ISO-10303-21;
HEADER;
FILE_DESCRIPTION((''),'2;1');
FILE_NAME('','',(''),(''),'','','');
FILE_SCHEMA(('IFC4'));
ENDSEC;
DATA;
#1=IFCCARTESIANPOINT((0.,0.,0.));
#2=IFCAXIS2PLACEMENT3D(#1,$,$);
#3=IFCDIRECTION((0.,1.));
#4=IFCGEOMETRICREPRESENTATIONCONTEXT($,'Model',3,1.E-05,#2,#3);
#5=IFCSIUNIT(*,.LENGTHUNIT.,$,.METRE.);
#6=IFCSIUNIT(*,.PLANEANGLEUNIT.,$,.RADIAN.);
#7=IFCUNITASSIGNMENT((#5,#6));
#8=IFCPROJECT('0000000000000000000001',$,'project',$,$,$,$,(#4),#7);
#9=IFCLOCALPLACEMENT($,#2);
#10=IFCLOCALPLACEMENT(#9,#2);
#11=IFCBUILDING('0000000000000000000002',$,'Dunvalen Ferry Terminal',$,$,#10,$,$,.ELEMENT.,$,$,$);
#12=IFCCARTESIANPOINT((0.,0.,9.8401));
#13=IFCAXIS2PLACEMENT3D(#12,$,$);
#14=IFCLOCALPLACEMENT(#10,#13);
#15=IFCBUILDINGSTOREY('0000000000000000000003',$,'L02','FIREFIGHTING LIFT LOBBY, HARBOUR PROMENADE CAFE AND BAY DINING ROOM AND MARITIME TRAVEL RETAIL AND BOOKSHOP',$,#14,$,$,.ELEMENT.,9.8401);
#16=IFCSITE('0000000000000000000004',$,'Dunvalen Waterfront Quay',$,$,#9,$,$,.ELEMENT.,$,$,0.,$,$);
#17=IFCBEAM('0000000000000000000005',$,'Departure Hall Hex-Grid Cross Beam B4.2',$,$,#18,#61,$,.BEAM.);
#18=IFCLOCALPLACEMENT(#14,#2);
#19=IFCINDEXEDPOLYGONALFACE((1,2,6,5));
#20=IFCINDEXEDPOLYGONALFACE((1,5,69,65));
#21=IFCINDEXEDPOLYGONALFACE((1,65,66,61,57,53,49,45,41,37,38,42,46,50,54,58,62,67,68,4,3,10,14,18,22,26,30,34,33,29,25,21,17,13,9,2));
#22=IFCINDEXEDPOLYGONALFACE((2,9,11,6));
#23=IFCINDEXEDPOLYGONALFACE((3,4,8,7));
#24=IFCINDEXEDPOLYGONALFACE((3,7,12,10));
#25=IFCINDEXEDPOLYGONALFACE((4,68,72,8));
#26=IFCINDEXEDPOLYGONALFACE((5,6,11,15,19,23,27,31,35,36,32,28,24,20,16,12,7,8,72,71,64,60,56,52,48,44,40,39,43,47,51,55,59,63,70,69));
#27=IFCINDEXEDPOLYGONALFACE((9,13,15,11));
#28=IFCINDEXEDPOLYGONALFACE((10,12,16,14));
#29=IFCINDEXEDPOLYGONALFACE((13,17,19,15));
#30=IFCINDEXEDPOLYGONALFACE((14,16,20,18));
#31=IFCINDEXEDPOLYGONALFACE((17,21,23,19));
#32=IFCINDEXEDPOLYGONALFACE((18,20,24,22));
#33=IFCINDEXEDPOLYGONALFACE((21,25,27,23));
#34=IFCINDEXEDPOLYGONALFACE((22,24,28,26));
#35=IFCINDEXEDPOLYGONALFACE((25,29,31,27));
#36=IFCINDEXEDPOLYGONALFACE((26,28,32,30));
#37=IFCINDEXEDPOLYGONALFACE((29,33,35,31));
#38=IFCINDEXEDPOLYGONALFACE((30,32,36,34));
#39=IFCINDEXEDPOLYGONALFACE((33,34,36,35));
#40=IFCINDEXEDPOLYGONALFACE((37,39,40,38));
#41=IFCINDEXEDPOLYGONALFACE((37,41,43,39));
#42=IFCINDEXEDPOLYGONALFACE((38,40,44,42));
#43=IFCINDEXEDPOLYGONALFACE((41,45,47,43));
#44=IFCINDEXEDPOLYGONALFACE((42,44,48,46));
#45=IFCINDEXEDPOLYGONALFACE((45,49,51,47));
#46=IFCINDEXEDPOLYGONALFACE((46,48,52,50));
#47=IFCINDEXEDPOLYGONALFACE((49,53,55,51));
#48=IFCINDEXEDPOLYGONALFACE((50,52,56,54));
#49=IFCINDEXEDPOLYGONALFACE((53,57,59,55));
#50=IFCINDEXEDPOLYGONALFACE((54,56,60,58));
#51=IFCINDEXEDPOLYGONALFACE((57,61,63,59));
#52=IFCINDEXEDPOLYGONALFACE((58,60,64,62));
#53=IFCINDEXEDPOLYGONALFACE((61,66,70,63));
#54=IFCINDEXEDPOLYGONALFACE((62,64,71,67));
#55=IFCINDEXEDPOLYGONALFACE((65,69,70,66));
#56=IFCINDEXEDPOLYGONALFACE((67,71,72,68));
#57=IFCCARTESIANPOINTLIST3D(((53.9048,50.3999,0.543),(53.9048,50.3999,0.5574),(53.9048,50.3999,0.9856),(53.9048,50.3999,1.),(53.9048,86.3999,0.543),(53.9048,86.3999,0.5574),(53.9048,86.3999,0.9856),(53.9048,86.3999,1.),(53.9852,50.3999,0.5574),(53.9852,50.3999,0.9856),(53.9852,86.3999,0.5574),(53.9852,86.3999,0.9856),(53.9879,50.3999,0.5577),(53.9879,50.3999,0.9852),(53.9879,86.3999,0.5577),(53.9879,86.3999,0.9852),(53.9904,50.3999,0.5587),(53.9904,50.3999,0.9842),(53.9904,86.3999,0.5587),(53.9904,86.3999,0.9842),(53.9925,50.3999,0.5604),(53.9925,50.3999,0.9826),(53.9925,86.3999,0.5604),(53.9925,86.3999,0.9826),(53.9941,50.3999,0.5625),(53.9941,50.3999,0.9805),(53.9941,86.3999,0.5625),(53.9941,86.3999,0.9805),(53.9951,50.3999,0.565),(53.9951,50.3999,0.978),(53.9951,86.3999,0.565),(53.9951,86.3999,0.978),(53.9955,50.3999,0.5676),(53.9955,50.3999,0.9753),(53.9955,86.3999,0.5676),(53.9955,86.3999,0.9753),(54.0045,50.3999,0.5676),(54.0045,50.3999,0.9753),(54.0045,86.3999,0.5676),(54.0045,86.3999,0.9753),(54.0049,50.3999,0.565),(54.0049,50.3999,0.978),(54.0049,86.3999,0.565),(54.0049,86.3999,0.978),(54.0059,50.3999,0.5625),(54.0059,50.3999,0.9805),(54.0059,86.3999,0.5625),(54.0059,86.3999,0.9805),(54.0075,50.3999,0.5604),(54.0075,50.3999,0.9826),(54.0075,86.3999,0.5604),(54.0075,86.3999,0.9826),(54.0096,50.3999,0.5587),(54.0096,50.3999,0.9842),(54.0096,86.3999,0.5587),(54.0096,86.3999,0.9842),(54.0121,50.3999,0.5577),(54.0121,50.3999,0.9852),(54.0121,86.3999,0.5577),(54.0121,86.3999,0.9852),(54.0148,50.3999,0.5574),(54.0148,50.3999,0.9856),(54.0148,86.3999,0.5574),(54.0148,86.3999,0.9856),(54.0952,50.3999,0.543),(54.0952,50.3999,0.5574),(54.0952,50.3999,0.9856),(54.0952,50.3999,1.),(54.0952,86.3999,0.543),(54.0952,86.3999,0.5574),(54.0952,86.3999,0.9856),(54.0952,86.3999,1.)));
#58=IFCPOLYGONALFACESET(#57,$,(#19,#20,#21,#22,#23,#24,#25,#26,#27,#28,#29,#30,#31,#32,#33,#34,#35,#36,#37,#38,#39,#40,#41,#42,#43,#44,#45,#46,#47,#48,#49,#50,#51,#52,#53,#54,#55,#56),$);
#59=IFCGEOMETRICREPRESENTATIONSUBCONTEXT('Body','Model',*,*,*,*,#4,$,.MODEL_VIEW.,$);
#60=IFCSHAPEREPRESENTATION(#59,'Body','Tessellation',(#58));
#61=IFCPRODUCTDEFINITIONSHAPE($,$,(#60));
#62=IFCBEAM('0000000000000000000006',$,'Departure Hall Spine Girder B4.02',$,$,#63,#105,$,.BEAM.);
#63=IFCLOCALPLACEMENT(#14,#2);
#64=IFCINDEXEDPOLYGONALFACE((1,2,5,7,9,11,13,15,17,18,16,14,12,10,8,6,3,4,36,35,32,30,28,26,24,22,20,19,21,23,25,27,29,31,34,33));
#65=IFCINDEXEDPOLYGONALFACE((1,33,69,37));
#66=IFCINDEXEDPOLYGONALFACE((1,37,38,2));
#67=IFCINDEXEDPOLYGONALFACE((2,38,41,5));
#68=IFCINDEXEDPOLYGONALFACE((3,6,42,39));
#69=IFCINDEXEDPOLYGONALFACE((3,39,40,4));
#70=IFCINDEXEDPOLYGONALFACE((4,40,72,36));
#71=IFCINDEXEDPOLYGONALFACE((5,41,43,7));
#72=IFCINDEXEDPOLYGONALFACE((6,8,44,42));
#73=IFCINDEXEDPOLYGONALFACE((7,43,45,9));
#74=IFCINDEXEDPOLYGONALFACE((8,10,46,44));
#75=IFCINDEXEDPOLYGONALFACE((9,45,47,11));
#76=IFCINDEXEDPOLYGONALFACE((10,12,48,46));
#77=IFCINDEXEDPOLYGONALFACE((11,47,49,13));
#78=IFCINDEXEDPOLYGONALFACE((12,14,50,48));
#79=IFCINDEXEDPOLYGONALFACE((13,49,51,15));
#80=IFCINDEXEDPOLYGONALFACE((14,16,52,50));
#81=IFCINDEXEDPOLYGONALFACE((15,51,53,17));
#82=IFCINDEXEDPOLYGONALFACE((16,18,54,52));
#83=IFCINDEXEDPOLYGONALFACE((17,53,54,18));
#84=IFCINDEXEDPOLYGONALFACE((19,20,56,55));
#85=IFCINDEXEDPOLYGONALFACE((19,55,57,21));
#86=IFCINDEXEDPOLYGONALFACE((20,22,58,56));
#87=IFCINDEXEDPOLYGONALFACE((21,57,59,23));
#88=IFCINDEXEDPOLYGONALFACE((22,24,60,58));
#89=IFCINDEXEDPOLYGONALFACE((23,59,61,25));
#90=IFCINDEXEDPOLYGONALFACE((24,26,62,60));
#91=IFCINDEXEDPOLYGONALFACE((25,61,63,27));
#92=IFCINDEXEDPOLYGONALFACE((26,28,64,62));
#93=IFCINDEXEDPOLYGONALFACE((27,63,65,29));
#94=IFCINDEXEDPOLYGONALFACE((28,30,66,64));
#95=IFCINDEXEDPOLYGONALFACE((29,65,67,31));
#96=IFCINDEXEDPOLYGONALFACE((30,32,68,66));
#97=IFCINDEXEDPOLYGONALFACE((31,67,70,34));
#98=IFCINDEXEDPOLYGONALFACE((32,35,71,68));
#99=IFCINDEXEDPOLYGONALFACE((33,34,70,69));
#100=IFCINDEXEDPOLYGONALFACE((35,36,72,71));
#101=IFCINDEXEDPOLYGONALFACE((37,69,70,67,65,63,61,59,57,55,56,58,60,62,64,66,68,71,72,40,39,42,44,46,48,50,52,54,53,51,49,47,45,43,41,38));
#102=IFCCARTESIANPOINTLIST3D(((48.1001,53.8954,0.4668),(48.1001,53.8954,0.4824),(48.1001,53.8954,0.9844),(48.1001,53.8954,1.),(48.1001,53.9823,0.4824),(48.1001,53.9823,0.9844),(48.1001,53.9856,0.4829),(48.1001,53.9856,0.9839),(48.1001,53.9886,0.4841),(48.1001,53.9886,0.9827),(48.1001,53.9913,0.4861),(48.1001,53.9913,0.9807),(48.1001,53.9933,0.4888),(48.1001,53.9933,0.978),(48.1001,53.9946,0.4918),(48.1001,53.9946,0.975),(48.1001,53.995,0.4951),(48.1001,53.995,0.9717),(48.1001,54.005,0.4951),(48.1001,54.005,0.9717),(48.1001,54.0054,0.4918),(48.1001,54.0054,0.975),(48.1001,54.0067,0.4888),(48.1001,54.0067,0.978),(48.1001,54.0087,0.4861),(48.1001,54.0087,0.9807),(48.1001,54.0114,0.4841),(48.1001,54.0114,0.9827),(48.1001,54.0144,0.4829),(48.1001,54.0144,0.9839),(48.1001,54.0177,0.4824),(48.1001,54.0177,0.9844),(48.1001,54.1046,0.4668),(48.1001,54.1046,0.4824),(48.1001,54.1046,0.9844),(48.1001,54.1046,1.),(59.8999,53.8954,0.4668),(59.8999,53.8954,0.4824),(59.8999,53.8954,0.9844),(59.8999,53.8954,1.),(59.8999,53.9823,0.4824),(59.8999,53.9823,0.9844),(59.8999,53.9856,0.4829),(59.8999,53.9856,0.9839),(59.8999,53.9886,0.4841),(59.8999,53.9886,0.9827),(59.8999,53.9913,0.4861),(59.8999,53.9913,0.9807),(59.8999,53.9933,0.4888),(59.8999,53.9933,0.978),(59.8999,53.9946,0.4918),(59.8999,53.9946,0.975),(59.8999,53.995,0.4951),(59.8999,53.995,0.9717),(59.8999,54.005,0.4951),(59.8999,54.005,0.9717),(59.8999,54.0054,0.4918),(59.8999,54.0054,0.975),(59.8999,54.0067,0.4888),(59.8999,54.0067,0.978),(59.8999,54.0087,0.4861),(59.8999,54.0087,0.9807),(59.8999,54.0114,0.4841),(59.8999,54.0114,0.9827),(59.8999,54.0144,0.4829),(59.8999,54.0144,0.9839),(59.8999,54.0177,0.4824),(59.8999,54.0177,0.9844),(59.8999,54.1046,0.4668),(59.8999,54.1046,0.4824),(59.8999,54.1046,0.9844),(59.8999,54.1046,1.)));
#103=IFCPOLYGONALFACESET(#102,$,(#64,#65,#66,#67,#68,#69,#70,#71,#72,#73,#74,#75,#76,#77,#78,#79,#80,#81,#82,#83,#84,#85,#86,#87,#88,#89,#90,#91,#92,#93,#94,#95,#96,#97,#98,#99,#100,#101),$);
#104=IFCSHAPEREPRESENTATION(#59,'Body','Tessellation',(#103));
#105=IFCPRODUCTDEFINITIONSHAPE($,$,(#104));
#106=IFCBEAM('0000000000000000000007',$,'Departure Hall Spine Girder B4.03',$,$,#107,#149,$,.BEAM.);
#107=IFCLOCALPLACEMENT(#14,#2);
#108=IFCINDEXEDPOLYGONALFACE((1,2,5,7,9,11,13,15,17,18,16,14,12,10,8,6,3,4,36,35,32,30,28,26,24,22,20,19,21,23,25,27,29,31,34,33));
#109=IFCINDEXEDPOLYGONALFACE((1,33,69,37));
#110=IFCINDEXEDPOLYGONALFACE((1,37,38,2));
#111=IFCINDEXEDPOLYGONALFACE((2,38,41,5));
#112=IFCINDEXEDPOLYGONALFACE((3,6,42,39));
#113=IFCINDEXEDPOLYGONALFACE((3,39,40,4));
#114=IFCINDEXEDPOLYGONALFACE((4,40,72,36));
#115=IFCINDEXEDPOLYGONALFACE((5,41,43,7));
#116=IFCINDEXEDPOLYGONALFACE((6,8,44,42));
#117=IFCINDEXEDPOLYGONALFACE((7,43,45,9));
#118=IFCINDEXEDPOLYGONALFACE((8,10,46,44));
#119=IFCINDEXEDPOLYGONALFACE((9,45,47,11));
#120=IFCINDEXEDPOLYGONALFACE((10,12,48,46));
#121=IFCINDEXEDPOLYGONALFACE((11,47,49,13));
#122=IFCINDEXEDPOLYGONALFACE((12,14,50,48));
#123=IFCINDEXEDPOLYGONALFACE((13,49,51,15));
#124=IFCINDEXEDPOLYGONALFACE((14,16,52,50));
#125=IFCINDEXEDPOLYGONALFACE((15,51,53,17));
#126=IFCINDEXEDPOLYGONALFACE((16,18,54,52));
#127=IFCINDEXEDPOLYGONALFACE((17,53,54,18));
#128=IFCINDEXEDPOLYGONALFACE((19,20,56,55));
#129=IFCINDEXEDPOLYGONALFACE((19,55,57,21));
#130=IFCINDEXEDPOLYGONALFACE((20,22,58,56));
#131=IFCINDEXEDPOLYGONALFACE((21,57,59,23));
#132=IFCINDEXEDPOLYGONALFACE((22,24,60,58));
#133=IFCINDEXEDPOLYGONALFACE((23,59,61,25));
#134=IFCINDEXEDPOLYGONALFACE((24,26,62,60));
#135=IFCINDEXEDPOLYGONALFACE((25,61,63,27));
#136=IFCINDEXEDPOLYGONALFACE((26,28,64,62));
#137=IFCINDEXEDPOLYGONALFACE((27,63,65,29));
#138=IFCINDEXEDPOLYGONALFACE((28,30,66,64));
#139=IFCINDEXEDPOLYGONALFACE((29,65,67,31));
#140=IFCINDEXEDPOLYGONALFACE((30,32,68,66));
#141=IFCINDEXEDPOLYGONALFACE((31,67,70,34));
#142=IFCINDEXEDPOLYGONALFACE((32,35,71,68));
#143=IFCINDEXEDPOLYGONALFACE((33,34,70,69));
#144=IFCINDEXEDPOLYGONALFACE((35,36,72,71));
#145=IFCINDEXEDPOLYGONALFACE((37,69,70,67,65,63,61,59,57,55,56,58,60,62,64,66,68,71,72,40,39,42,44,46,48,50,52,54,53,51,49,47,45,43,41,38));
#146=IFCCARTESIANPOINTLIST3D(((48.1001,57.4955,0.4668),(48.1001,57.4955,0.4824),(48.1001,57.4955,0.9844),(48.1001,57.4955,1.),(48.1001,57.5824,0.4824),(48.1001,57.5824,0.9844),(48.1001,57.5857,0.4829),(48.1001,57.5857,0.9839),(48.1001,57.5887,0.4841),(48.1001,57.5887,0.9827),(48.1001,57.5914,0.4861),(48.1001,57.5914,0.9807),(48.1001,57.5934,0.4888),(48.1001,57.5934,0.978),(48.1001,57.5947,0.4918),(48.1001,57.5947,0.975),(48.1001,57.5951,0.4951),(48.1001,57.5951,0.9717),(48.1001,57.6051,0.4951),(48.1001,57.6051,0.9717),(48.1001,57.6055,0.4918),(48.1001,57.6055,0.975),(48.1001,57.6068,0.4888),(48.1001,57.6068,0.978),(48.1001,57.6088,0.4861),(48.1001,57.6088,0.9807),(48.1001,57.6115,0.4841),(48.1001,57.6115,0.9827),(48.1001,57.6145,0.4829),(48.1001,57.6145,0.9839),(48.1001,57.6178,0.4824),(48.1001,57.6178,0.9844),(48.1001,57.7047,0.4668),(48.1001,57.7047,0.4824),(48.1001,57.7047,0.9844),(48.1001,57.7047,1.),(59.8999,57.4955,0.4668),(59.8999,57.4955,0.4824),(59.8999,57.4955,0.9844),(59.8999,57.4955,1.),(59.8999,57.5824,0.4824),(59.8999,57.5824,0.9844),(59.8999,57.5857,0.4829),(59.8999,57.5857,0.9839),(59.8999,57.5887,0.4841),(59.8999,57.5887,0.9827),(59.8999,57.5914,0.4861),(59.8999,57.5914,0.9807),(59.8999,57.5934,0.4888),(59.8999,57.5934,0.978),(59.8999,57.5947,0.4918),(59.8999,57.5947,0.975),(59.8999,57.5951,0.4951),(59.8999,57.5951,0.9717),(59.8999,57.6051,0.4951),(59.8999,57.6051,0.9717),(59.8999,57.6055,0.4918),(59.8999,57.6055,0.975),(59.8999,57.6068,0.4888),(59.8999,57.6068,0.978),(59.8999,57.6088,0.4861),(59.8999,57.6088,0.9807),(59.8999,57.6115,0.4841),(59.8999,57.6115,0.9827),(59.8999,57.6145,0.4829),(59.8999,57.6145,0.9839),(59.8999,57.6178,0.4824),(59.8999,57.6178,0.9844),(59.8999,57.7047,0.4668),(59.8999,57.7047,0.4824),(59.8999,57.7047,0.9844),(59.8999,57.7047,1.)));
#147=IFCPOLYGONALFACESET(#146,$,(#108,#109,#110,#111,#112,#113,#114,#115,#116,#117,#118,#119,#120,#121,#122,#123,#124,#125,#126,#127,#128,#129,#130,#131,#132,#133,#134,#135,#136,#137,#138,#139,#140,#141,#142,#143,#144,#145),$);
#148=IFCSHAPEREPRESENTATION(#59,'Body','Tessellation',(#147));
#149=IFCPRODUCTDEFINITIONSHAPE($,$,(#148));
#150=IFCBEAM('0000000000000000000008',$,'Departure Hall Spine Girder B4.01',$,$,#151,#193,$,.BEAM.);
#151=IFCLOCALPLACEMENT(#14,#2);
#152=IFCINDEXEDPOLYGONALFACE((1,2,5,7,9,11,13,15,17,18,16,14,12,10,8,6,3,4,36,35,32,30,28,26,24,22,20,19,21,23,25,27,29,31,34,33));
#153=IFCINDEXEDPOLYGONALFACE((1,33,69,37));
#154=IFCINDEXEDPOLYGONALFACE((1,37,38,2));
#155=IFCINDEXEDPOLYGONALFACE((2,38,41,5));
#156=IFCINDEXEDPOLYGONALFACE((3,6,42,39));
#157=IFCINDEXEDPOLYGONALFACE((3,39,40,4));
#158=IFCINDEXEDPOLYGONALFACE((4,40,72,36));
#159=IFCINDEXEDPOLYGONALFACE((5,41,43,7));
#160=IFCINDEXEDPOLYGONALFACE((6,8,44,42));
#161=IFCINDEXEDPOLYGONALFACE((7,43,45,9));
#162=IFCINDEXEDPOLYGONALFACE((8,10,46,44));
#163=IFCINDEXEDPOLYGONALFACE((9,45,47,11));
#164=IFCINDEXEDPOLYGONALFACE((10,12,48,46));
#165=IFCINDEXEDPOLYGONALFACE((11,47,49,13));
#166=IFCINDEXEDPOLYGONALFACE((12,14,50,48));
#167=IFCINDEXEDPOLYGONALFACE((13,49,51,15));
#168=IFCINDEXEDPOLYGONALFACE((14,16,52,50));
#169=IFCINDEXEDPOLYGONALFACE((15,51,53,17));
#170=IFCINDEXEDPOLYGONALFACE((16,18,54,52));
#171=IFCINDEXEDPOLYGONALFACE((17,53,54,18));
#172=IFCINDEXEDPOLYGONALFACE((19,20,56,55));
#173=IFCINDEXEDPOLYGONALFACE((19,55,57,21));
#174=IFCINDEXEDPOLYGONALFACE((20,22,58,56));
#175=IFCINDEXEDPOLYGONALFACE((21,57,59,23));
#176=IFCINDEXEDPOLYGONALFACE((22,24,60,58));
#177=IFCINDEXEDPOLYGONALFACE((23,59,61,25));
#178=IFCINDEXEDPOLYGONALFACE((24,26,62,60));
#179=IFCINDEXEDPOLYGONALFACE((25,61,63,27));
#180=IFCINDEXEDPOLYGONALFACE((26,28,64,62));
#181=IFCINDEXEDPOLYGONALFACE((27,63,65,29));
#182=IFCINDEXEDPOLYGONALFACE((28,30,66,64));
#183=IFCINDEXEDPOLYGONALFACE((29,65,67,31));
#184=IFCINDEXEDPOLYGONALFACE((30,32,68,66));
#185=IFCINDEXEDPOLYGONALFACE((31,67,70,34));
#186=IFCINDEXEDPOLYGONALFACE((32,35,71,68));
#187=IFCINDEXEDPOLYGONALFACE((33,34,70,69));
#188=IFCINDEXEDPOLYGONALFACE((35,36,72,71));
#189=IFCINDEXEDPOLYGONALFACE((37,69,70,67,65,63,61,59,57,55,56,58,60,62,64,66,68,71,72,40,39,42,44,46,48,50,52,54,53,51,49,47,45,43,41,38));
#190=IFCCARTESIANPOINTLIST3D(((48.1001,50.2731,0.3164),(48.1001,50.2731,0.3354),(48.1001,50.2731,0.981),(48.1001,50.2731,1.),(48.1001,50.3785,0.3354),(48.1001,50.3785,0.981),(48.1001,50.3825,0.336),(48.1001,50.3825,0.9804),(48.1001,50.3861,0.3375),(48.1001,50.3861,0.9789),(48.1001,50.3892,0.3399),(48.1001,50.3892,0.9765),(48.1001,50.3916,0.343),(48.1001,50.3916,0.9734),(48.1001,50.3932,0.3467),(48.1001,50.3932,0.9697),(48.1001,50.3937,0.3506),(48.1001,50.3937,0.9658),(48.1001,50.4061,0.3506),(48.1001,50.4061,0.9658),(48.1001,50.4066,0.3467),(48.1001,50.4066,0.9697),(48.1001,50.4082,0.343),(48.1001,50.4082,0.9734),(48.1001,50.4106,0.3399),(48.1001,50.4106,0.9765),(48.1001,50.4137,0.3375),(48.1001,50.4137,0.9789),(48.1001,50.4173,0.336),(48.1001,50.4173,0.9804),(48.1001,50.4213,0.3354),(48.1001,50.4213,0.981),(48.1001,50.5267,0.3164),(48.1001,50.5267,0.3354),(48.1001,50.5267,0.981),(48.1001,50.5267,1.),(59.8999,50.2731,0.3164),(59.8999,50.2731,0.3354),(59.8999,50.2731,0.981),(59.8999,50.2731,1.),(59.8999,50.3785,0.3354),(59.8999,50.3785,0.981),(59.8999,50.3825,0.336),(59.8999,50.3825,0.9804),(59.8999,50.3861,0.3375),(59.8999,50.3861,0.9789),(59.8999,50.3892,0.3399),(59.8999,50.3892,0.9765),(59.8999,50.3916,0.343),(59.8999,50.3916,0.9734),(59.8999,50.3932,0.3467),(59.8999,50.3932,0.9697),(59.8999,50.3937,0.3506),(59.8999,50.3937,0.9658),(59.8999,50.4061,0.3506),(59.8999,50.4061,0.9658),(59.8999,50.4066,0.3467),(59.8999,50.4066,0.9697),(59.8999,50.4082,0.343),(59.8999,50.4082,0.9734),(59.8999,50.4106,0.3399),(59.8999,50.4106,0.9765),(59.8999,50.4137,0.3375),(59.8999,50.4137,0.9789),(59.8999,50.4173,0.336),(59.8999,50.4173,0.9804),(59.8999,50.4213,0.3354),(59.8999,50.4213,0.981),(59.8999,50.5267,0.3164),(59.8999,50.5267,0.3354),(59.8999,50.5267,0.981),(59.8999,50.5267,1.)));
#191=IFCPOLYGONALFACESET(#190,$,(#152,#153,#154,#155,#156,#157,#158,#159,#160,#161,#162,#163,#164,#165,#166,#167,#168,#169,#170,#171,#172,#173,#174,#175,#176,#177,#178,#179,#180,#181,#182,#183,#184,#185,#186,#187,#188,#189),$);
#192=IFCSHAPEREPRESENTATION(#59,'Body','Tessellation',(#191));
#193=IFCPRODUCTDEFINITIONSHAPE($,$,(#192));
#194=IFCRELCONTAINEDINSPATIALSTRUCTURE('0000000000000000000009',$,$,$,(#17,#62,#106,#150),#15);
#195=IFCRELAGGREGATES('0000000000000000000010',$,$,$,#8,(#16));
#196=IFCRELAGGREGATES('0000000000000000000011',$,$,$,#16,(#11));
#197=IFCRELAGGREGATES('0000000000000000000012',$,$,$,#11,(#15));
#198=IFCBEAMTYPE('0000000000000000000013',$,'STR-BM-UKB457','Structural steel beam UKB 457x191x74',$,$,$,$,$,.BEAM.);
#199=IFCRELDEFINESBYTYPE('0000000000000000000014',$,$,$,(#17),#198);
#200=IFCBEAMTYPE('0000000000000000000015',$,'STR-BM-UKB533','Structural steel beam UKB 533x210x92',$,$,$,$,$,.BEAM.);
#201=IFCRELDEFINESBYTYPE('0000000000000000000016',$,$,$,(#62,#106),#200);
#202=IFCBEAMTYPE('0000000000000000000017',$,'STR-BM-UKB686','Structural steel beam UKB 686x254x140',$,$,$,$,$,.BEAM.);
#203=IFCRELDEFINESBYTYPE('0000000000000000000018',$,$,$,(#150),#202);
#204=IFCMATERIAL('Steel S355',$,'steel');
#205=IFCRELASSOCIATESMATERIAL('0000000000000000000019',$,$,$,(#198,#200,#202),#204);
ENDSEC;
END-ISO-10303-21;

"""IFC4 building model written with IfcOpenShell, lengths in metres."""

from ifc_helpers import new_model, si_unit, direction, frame, origin, origin_2d, place, context, subcontext, project, spatial, i_section, extrude, material, material_profile, profile_set, type_object, element, save


model = new_model("IFC4")

# Units and contexts
model_context = context("Model", 3, precision=1e-05, world=origin(), true_north=direction((0.0, 1.0)))
body_context = subcontext(model_context, "Body", "Model", "MODEL_VIEW")
ifc_project = project(units=[si_unit("LENGTHUNIT", "METRE"), si_unit("PLANEANGLEUNIT", "RADIAN")], contexts=[model_context])

# Site, building, storey
site_placement = place(None, origin())
site = spatial("IfcSite", under=ifc_project, at=site_placement, Name="Dunvalen Waterfront Quay", CompositionType="ELEMENT", RefElevation=0.0)
building_placement = place(site_placement, origin())
building = spatial("IfcBuilding", under=site, at=building_placement, Name="Dunvalen Ferry Terminal", CompositionType="ELEMENT")
storey_placement = place(building_placement, frame((0.0, 0.0, 9.8401)))
storey = spatial("IfcBuildingStorey", under=building, at=storey_placement, Name="L02", Description="FIREFIGHTING LIFT LOBBY, HARBOUR PROMENADE CAFE AND BAY DINING ROOM AND MARITIME TRAVEL RETAIL AND BOOKSHOP", CompositionType="ELEMENT", Elevation=9.8401)

# Beams
ifc_material_1 = material(Name="Steel S355", Category="steel")
ifc_material_profile_1 = material_profile(ifc_material_1, i_section(OverallWidth=0.1904, OverallDepth=0.457, WebThickness=0.009, FlangeThickness=0.0144, FilletRadius=0.0103, at=origin_2d()), Name="Steel S355")
ifc_profile_set_1 = profile_set([ifc_material_profile_1], Name="Steel S355")
beam_type_1 = type_object("IfcBeamType", Name="STR-BM-UKB457", Description="Structural steel beam UKB 457x191x74", PredefinedType="BEAM", material=ifc_profile_set_1)
for number, where, z_axis, x_axis, name in (
    (1, (54.0, 50.3999, 0.7715), (0.0, 1.0, 0.0), (-1.0, 0.0, 0.0), "Departure Hall Hex-Grid Cross Beam B4.2"),
):
    element("IfcBeam", number, at=place(storey_placement, frame(where, z_axis=z_axis, x_axis=x_axis)), inside=storey, type_object=beam_type_1, Name=name, PredefinedType="BEAM", context=body_context, shape_type="SweptSolid", body=[
        extrude(i_section(OverallWidth=0.1904, OverallDepth=0.457, WebThickness=0.009, FlangeThickness=0.0144, FilletRadius=0.0103, at=origin_2d()), origin(), (0.0, 0.0, 1.0), 36.0),
    ])
ifc_material_profile_2 = material_profile(ifc_material_1, i_section(OverallWidth=0.2092, OverallDepth=0.5332, WebThickness=0.01, FlangeThickness=0.0156, FilletRadius=0.0127, at=origin_2d()), Name="Steel S355")
ifc_profile_set_2 = profile_set([ifc_material_profile_2], Name="Steel S355")
beam_type_2 = type_object("IfcBeamType", Name="STR-BM-UKB533", Description="Structural steel beam UKB 533x210x92", PredefinedType="BEAM", material=ifc_profile_set_2)
for number, where, z_axis, x_axis, name in (
    (2, (48.1001, 54.0, 0.7334), (1.0, 0.0, 0.0), (0.0, 1.0, 0.0), "Departure Hall Spine Girder B4.02"),
    (3, (48.1001, 57.6001, 0.7334), (1.0, 0.0, 0.0), (0.0, 1.0, 0.0), "Departure Hall Spine Girder B4.03"),
):
    element("IfcBeam", number, at=place(storey_placement, frame(where, z_axis=z_axis, x_axis=x_axis)), inside=storey, type_object=beam_type_2, Name=name, PredefinedType="BEAM", context=body_context, shape_type="SweptSolid", body=[
        extrude(i_section(OverallWidth=0.2092, OverallDepth=0.5332, WebThickness=0.01, FlangeThickness=0.0156, FilletRadius=0.0127, at=origin_2d()), origin(), (0.0, 0.0, 1.0), 11.7998),
    ])
ifc_material_profile_3 = material_profile(ifc_material_1, i_section(OverallWidth=0.2537, OverallDepth=0.6836, WebThickness=0.0125, FlangeThickness=0.019, FilletRadius=0.0151, at=origin_2d()), Name="Steel S355")
ifc_profile_set_3 = profile_set([ifc_material_profile_3], Name="Steel S355")
beam_type_3 = type_object("IfcBeamType", Name="STR-BM-UKB686", Description="Structural steel beam UKB 686x254x140", PredefinedType="BEAM", material=ifc_profile_set_3)
beam_1_placement = place(storey_placement, frame((48.1001, 50.3999, 0.6582), z_axis=(1.0, 0.0, 0.0), x_axis=(0.0, 1.0, 0.0)))
element("IfcBeam", 4, at=beam_1_placement, inside=storey, type_object=beam_type_3, Name="Departure Hall Spine Girder B4.01", PredefinedType="BEAM", context=body_context, shape_type="SweptSolid", body=[
    extrude(i_section(OverallWidth=0.2537, OverallDepth=0.6836, WebThickness=0.0125, FlangeThickness=0.019, FilletRadius=0.0151, at=origin_2d()), origin(), (0.0, 0.0, 1.0), 11.7998),
])

save(model, "model.ifc")
